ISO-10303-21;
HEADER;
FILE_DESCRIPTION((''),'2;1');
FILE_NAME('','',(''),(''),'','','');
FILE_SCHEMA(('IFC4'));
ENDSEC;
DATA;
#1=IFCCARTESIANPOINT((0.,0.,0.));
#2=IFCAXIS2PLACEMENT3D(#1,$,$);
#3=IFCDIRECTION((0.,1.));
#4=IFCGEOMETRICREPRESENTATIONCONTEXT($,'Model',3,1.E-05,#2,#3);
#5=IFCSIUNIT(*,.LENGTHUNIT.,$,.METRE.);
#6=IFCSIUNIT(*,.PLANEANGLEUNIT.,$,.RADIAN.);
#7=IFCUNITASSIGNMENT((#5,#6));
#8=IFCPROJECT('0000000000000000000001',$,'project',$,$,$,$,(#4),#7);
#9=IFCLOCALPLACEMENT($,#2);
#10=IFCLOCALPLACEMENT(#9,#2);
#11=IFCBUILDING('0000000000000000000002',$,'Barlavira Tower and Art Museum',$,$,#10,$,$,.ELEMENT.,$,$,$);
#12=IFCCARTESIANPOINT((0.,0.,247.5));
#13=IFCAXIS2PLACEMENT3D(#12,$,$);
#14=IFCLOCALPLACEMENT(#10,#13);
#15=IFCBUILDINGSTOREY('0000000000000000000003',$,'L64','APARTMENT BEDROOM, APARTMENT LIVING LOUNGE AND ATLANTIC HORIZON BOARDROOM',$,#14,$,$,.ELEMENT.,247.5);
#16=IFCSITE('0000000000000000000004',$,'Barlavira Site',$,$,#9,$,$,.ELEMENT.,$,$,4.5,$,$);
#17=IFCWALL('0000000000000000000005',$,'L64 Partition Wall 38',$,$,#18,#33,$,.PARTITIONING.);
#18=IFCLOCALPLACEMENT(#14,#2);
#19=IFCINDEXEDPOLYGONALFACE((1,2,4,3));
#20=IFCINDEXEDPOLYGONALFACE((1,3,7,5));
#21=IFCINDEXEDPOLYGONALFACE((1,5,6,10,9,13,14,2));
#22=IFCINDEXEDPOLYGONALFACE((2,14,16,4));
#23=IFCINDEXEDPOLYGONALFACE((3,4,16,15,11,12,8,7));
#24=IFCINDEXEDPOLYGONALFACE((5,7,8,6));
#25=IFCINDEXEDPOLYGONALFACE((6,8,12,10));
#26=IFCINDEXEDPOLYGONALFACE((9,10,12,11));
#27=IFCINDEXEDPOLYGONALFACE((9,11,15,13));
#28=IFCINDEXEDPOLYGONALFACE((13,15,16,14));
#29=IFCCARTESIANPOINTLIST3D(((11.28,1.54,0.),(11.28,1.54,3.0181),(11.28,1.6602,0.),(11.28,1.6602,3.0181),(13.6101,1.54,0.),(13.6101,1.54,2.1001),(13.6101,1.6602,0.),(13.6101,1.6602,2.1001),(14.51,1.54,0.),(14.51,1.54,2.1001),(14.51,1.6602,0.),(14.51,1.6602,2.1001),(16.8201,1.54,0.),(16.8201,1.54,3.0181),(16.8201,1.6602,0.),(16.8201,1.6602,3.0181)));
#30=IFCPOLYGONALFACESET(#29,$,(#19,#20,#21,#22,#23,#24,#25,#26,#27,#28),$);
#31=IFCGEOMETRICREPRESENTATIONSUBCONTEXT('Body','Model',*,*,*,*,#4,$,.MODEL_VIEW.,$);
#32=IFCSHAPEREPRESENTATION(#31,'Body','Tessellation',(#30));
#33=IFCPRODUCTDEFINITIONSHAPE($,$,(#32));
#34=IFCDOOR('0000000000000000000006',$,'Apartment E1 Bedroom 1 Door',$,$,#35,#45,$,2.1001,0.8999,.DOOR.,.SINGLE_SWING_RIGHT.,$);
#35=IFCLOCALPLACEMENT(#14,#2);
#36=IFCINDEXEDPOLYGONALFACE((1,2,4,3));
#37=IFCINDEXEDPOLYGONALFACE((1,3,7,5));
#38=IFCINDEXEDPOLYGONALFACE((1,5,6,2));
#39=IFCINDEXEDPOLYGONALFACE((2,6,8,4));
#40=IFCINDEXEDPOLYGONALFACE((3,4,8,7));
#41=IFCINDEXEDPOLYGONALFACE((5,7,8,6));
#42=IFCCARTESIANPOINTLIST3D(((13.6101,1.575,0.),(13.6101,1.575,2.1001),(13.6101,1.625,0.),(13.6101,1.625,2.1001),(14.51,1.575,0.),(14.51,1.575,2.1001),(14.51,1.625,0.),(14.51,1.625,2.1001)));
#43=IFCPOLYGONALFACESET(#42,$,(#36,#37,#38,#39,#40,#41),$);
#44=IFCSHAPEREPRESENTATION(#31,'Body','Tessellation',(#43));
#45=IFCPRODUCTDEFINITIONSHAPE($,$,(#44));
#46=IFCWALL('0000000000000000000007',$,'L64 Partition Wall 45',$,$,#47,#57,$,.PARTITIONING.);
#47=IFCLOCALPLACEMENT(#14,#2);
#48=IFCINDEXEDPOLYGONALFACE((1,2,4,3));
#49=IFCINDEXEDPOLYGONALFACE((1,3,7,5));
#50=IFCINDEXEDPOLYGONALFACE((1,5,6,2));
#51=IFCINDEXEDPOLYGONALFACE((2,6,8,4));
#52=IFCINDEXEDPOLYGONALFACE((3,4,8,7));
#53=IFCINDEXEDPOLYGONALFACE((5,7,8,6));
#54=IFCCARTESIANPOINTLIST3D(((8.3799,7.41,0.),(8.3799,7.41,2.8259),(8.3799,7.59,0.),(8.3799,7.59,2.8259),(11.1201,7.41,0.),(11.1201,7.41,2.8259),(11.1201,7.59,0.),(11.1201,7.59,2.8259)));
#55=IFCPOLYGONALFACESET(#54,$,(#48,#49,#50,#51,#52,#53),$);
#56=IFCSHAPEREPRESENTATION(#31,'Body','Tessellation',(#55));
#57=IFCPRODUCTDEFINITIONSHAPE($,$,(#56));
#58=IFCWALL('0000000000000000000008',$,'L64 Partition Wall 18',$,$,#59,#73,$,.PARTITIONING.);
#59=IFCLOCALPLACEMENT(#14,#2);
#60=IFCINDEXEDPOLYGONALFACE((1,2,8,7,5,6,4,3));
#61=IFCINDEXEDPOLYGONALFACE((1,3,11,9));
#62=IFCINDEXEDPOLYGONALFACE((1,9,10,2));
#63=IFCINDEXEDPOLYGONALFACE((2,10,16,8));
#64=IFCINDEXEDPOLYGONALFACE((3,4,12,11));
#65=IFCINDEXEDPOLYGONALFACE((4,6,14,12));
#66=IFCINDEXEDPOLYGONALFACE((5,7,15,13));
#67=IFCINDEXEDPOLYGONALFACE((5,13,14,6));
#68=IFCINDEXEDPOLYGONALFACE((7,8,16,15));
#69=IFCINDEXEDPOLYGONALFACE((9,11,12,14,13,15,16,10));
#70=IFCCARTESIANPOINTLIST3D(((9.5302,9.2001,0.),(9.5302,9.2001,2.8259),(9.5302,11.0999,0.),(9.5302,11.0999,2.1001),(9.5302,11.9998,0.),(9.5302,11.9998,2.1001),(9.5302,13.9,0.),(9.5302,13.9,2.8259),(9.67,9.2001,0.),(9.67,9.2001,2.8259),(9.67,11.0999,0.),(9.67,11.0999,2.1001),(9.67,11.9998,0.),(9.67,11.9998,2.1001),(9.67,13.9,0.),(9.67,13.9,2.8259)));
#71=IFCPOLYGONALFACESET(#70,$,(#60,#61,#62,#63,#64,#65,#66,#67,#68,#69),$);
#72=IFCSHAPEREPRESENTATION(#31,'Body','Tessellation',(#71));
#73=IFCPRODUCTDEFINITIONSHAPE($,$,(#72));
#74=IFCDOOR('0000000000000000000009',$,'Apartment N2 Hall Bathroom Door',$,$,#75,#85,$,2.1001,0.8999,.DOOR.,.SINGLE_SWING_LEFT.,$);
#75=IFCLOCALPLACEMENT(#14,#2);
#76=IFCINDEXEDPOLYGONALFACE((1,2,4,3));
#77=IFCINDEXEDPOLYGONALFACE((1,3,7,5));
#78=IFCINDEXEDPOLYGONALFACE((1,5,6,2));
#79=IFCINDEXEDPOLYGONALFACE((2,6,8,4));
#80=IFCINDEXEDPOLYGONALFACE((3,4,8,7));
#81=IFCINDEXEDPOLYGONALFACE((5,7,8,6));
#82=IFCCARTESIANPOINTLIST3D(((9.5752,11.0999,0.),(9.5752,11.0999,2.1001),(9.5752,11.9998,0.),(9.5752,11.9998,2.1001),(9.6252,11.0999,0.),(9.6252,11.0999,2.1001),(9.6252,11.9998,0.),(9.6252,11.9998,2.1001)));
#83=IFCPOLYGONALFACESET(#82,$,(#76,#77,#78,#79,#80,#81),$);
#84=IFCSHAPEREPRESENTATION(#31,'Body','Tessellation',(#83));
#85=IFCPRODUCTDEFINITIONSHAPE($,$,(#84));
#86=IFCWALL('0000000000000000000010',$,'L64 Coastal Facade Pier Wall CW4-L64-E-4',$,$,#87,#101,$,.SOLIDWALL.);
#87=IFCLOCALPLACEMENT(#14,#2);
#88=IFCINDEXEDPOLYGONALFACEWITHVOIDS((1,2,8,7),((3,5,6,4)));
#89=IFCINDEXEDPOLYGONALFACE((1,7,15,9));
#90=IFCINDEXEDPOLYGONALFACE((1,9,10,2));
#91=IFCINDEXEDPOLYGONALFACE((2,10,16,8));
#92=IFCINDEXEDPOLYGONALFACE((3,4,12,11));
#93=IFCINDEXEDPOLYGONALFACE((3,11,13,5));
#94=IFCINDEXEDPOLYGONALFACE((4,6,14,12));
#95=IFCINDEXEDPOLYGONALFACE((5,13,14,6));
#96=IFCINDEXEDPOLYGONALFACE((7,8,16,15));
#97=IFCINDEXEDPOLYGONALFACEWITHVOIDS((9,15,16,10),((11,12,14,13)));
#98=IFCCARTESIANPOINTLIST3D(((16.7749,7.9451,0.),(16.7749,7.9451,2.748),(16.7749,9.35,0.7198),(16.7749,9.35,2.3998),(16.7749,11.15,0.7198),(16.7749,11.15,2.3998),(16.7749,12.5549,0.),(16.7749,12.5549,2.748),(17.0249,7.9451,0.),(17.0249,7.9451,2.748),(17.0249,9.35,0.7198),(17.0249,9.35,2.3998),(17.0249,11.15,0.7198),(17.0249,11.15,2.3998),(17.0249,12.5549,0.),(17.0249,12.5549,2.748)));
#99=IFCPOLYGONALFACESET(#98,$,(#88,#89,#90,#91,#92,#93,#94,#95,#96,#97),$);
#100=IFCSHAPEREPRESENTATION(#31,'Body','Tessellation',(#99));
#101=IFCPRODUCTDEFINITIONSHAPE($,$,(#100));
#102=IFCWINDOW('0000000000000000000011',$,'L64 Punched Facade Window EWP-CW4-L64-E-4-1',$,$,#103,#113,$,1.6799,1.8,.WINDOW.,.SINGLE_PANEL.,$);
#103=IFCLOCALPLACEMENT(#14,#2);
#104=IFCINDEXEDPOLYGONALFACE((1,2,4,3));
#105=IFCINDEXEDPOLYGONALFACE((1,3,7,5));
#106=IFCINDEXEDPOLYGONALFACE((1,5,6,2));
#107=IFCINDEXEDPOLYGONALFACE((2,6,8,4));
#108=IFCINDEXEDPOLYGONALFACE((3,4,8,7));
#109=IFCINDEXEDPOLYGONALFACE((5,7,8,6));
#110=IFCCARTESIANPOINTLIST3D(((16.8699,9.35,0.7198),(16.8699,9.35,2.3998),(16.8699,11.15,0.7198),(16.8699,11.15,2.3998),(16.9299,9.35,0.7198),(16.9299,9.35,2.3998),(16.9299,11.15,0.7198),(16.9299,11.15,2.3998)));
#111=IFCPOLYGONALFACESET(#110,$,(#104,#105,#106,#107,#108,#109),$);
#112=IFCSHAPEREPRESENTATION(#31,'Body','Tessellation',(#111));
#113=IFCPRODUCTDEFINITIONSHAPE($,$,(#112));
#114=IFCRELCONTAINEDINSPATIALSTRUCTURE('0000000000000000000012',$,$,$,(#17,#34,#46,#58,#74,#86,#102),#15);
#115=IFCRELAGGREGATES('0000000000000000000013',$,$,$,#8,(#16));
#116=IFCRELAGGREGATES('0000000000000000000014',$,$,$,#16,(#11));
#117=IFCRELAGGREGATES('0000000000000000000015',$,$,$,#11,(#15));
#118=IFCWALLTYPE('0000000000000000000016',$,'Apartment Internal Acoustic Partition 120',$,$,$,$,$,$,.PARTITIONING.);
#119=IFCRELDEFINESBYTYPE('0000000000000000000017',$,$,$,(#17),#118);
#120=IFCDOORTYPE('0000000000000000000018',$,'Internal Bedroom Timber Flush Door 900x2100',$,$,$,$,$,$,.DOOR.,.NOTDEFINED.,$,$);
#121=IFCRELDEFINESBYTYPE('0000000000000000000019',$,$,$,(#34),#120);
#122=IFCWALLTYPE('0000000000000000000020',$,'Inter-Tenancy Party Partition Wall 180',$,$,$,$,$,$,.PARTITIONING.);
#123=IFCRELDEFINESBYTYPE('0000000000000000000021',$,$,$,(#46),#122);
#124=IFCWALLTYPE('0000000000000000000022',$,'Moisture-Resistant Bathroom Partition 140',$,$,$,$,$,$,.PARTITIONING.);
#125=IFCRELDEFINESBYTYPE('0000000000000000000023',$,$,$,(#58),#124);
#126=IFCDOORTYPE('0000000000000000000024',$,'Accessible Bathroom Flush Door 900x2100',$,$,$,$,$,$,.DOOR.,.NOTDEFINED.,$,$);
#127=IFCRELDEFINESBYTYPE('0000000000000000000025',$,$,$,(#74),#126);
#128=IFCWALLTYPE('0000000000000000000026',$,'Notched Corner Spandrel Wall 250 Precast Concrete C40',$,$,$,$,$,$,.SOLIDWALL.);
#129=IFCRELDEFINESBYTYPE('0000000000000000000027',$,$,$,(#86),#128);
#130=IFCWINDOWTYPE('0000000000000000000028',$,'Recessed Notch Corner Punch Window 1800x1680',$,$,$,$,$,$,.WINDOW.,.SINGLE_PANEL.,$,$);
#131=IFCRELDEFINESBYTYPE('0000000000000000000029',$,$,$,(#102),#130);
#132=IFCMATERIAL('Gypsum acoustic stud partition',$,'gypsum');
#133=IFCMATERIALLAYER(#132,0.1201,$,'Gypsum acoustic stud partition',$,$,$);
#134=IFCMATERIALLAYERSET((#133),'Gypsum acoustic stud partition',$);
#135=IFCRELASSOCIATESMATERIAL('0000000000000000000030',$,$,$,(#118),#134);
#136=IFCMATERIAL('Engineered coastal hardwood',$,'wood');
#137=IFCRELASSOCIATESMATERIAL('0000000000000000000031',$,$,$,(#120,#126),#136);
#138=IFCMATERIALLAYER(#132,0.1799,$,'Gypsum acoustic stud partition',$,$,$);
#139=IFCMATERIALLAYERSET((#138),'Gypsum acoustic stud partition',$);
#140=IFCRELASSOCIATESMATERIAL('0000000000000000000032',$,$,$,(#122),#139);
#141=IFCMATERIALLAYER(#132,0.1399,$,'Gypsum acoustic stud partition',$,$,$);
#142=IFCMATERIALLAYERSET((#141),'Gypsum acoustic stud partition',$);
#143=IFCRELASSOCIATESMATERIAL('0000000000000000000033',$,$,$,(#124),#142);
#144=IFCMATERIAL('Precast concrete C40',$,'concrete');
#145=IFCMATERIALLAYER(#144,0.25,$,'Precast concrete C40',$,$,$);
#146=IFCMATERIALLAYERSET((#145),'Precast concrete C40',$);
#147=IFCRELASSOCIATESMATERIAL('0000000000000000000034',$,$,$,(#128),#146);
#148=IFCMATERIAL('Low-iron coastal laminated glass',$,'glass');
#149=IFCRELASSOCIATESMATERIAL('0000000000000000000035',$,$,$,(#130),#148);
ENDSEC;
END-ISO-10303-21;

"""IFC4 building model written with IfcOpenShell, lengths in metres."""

from ifc_helpers import new_model, si_unit, direction, frame, frame_2d, origin, place, context, subcontext, project, spatial, rectangle, extrude, material, layer, layer_set, type_object, element, fill, save


model = new_model("IFC4")

# Units and contexts
model_context = context("Model", 3, precision=1e-05, world=origin(), true_north=direction((0.0, 1.0)))
body_context = subcontext(model_context, "Body", "Model", "MODEL_VIEW")
ifc_project = project(units=[si_unit("LENGTHUNIT", "METRE"), si_unit("PLANEANGLEUNIT", "RADIAN")], contexts=[model_context])

# Site, building, storey
site_placement = place(None, origin())
site = spatial("IfcSite", under=ifc_project, at=site_placement, Name="Barlavira Site", CompositionType="ELEMENT", RefElevation=4.5)
building_placement = place(site_placement, origin())
building = spatial("IfcBuilding", under=site, at=building_placement, Name="Barlavira Tower and Art Museum", CompositionType="ELEMENT")
storey_placement = place(building_placement, frame((0.0, 0.0, 247.5)))
storey = spatial("IfcBuildingStorey", under=building, at=storey_placement, Name="L64", Description="APARTMENT BEDROOM, APARTMENT LIVING LOUNGE AND ATLANTIC HORIZON BOARDROOM", CompositionType="ELEMENT", Elevation=247.5)

# Shared definitions
ifc_material_1 = material(Name="Low-iron coastal laminated glass", Category="glass")

# Wall, opening, door
ifc_material_2 = material(Name="Gypsum acoustic stud partition", Category="gypsum")
ifc_layer_1 = layer(ifc_material_2, 0.1201, Name="Gypsum acoustic stud partition")
ifc_layer_set_1 = layer_set([ifc_layer_1], Name="Gypsum acoustic stud partition")
wall_type_1 = type_object("IfcWallType", Name="Apartment Internal Acoustic Partition 120", PredefinedType="PARTITIONING", material=ifc_layer_set_1)
wall_1_placement = place(storey_placement, frame((11.28, 1.6001, 0.0), z_axis=(0.0, 0.0, 1.0), x_axis=(1.0, 0.0, 0.0)))
wall_1 = element("IfcWall", 1, at=wall_1_placement, inside=storey, type_object=wall_type_1, Name="L64 Partition Wall 38", PredefinedType="PARTITIONING", context=body_context, shape_type="SweptSolid", body=[
    extrude(rectangle(XDim=5.54, YDim=0.1201, at=frame_2d((2.77, 0.0))), origin(), (0.0, 0.0, 1.0), 3.0181),
])
opening_1_placement = place(wall_1_placement, frame((2.3301, 0.0, 0.0)))
opening_1 = element("IfcOpeningElement", 2, at=opening_1_placement, cuts=wall_1, PredefinedType="OPENING", context=body_context, shape_type="SweptSolid", body=[
    extrude(rectangle(XDim=0.8999, YDim=2.1001, at=frame_2d((0.45, 1.05))), frame((0.0, 0.0701, 0.0), z_axis=(0.0, -1.0, 0.0), x_axis=(1.0, 0.0, 0.0)), (0.0, 0.0, 1.0), 0.1401),
])
ifc_material_3 = material(Name="Engineered coastal hardwood", Category="wood")
door_type_1 = type_object("IfcDoorType", Name="Internal Bedroom Timber Flush Door 900x2100", OperationType="NOTDEFINED", PredefinedType="DOOR", material=ifc_material_3)
door_1_placement = place(opening_1_placement, origin())
door_1 = element("IfcDoor", 3, at=door_1_placement, inside=storey, type_object=door_type_1, Name="Apartment E1 Bedroom 1 Door", OperationType="SINGLE_SWING_RIGHT", OverallHeight=2.1001, OverallWidth=0.8999, PredefinedType="DOOR", context=body_context, shape_type="SweptSolid", body=[
    extrude(rectangle(XDim=0.8999, YDim=2.1001, at=frame_2d((0.45, 1.05))), frame((0.0, 0.0249, 0.0), z_axis=(0.0, -1.0, 0.0), x_axis=(1.0, 0.0, 0.0)), (0.0, 0.0, 1.0), 0.05),
])
fill(opening_1, door_1)

# Wall
ifc_layer_2 = layer(ifc_material_2, 0.1799, Name="Gypsum acoustic stud partition")
ifc_layer_set_2 = layer_set([ifc_layer_2], Name="Gypsum acoustic stud partition")
wall_type_2 = type_object("IfcWallType", Name="Inter-Tenancy Party Partition Wall 180", PredefinedType="PARTITIONING", material=ifc_layer_set_2)
wall_2_placement = place(storey_placement, frame((8.3799, 7.5, 0.0), z_axis=(0.0, 0.0, 1.0), x_axis=(1.0, 0.0, 0.0)))
element("IfcWall", 4, at=wall_2_placement, inside=storey, type_object=wall_type_2, Name="L64 Partition Wall 45", PredefinedType="PARTITIONING", context=body_context, shape_type="SweptSolid", body=[
    extrude(rectangle(XDim=2.7402, YDim=0.1799, at=frame_2d((1.3701, 0.0))), origin(), (0.0, 0.0, 1.0), 2.8259),
])

# Wall, opening, door
ifc_layer_3 = layer(ifc_material_2, 0.1399, Name="Gypsum acoustic stud partition")
ifc_layer_set_3 = layer_set([ifc_layer_3], Name="Gypsum acoustic stud partition")
wall_type_3 = type_object("IfcWallType", Name="Moisture-Resistant Bathroom Partition 140", PredefinedType="PARTITIONING", material=ifc_layer_set_3)
wall_3_placement = place(storey_placement, frame((9.6001, 9.2, 0.0), z_axis=(0.0, 0.0, 1.0), x_axis=(0.0, 1.0, 0.0)))
wall_3 = element("IfcWall", 5, at=wall_3_placement, inside=storey, type_object=wall_type_3, Name="L64 Partition Wall 18", PredefinedType="PARTITIONING", context=body_context, shape_type="SweptSolid", body=[
    extrude(rectangle(XDim=4.7, YDim=0.1399, at=frame_2d((2.3501, 0.0))), origin(), (0.0, 0.0, 1.0), 2.8259),
])
opening_2_placement = place(wall_3_placement, frame((1.8999, 0.0, 0.0)))
opening_2 = element("IfcOpeningElement", 6, at=opening_2_placement, cuts=wall_3, PredefinedType="OPENING", context=body_context, shape_type="SweptSolid", body=[
    extrude(rectangle(XDim=0.8999, YDim=2.1001, at=frame_2d((0.45, 1.05))), frame((0.0, 0.0801, 0.0), z_axis=(0.0, -1.0, 0.0), x_axis=(1.0, 0.0, 0.0)), (0.0, 0.0, 1.0), 0.1599),
])
door_type_2 = type_object("IfcDoorType", Name="Accessible Bathroom Flush Door 900x2100", OperationType="NOTDEFINED", PredefinedType="DOOR", material=ifc_material_3)
door_2_placement = place(opening_2_placement, origin())
door_2 = element("IfcDoor", 7, at=door_2_placement, inside=storey, type_object=door_type_2, Name="Apartment N2 Hall Bathroom Door", OperationType="SINGLE_SWING_LEFT", OverallHeight=2.1001, OverallWidth=0.8999, PredefinedType="DOOR", context=body_context, shape_type="SweptSolid", body=[
    extrude(rectangle(XDim=0.8999, YDim=2.1001, at=frame_2d((0.45, 1.05))), frame((0.0, 0.0249, 0.0), z_axis=(0.0, -1.0, 0.0), x_axis=(1.0, 0.0, 0.0)), (0.0, 0.0, 1.0), 0.05),
])
fill(opening_2, door_2)

# Wall, opening, window
ifc_material_4 = material(Name="Precast concrete C40", Category="concrete")
ifc_layer_4 = layer(ifc_material_4, 0.25, Name="Precast concrete C40")
ifc_layer_set_4 = layer_set([ifc_layer_4], Name="Precast concrete C40")
wall_type_4 = type_object("IfcWallType", Name="Notched Corner Spandrel Wall 250 Precast Concrete C40", PredefinedType="SOLIDWALL", material=ifc_layer_set_4)
wall_4_placement = place(storey_placement, frame((16.8999, 7.9451, 0.0), z_axis=(0.0, 0.0, 1.0), x_axis=(0.0, 1.0, 0.0)))
wall_4 = element("IfcWall", 8, at=wall_4_placement, inside=storey, type_object=wall_type_4, Name="L64 Coastal Facade Pier Wall CW4-L64-E-4", PredefinedType="SOLIDWALL", context=body_context, shape_type="SweptSolid", body=[
    extrude(rectangle(XDim=4.6099, YDim=0.25, at=frame_2d((2.3049, 0.0))), origin(), (0.0, 0.0, 1.0), 2.748),
])
opening_3_placement = place(wall_4_placement, frame((1.405, 0.0, 0.72)))
opening_3 = element("IfcOpeningElement", 9, at=opening_3_placement, cuts=wall_4, PredefinedType="OPENING", context=body_context, shape_type="SweptSolid", body=[
    extrude(rectangle(XDim=1.8, YDim=1.6799, at=frame_2d((0.8999, 0.8398))), frame((0.0, 0.135, 0.0), z_axis=(0.0, -1.0, 0.0), x_axis=(1.0, 0.0, 0.0)), (0.0, 0.0, 1.0), 0.27),
])
window_type = type_object("IfcWindowType", Name="Recessed Notch Corner Punch Window 1800x1680", PartitioningType="SINGLE_PANEL", PredefinedType="WINDOW", material=ifc_material_1)
window_placement = place(opening_3_placement, origin())
window = element("IfcWindow", 10, at=window_placement, inside=storey, type_object=window_type, Name="L64 Punched Facade Window EWP-CW4-L64-E-4-1", OverallHeight=1.6799, OverallWidth=1.8, PartitioningType="SINGLE_PANEL", PredefinedType="WINDOW", context=body_context, shape_type="SweptSolid", body=[
    extrude(rectangle(XDim=1.8, YDim=1.6799, at=frame_2d((0.8999, 0.8398))), frame((0.0, 0.03, 0.0), z_axis=(0.0, -1.0, 0.0), x_axis=(1.0, 0.0, 0.0)), (0.0, 0.0, 1.0), 0.0601),
])
fill(opening_3, window)

save(model, "model.ifc")
